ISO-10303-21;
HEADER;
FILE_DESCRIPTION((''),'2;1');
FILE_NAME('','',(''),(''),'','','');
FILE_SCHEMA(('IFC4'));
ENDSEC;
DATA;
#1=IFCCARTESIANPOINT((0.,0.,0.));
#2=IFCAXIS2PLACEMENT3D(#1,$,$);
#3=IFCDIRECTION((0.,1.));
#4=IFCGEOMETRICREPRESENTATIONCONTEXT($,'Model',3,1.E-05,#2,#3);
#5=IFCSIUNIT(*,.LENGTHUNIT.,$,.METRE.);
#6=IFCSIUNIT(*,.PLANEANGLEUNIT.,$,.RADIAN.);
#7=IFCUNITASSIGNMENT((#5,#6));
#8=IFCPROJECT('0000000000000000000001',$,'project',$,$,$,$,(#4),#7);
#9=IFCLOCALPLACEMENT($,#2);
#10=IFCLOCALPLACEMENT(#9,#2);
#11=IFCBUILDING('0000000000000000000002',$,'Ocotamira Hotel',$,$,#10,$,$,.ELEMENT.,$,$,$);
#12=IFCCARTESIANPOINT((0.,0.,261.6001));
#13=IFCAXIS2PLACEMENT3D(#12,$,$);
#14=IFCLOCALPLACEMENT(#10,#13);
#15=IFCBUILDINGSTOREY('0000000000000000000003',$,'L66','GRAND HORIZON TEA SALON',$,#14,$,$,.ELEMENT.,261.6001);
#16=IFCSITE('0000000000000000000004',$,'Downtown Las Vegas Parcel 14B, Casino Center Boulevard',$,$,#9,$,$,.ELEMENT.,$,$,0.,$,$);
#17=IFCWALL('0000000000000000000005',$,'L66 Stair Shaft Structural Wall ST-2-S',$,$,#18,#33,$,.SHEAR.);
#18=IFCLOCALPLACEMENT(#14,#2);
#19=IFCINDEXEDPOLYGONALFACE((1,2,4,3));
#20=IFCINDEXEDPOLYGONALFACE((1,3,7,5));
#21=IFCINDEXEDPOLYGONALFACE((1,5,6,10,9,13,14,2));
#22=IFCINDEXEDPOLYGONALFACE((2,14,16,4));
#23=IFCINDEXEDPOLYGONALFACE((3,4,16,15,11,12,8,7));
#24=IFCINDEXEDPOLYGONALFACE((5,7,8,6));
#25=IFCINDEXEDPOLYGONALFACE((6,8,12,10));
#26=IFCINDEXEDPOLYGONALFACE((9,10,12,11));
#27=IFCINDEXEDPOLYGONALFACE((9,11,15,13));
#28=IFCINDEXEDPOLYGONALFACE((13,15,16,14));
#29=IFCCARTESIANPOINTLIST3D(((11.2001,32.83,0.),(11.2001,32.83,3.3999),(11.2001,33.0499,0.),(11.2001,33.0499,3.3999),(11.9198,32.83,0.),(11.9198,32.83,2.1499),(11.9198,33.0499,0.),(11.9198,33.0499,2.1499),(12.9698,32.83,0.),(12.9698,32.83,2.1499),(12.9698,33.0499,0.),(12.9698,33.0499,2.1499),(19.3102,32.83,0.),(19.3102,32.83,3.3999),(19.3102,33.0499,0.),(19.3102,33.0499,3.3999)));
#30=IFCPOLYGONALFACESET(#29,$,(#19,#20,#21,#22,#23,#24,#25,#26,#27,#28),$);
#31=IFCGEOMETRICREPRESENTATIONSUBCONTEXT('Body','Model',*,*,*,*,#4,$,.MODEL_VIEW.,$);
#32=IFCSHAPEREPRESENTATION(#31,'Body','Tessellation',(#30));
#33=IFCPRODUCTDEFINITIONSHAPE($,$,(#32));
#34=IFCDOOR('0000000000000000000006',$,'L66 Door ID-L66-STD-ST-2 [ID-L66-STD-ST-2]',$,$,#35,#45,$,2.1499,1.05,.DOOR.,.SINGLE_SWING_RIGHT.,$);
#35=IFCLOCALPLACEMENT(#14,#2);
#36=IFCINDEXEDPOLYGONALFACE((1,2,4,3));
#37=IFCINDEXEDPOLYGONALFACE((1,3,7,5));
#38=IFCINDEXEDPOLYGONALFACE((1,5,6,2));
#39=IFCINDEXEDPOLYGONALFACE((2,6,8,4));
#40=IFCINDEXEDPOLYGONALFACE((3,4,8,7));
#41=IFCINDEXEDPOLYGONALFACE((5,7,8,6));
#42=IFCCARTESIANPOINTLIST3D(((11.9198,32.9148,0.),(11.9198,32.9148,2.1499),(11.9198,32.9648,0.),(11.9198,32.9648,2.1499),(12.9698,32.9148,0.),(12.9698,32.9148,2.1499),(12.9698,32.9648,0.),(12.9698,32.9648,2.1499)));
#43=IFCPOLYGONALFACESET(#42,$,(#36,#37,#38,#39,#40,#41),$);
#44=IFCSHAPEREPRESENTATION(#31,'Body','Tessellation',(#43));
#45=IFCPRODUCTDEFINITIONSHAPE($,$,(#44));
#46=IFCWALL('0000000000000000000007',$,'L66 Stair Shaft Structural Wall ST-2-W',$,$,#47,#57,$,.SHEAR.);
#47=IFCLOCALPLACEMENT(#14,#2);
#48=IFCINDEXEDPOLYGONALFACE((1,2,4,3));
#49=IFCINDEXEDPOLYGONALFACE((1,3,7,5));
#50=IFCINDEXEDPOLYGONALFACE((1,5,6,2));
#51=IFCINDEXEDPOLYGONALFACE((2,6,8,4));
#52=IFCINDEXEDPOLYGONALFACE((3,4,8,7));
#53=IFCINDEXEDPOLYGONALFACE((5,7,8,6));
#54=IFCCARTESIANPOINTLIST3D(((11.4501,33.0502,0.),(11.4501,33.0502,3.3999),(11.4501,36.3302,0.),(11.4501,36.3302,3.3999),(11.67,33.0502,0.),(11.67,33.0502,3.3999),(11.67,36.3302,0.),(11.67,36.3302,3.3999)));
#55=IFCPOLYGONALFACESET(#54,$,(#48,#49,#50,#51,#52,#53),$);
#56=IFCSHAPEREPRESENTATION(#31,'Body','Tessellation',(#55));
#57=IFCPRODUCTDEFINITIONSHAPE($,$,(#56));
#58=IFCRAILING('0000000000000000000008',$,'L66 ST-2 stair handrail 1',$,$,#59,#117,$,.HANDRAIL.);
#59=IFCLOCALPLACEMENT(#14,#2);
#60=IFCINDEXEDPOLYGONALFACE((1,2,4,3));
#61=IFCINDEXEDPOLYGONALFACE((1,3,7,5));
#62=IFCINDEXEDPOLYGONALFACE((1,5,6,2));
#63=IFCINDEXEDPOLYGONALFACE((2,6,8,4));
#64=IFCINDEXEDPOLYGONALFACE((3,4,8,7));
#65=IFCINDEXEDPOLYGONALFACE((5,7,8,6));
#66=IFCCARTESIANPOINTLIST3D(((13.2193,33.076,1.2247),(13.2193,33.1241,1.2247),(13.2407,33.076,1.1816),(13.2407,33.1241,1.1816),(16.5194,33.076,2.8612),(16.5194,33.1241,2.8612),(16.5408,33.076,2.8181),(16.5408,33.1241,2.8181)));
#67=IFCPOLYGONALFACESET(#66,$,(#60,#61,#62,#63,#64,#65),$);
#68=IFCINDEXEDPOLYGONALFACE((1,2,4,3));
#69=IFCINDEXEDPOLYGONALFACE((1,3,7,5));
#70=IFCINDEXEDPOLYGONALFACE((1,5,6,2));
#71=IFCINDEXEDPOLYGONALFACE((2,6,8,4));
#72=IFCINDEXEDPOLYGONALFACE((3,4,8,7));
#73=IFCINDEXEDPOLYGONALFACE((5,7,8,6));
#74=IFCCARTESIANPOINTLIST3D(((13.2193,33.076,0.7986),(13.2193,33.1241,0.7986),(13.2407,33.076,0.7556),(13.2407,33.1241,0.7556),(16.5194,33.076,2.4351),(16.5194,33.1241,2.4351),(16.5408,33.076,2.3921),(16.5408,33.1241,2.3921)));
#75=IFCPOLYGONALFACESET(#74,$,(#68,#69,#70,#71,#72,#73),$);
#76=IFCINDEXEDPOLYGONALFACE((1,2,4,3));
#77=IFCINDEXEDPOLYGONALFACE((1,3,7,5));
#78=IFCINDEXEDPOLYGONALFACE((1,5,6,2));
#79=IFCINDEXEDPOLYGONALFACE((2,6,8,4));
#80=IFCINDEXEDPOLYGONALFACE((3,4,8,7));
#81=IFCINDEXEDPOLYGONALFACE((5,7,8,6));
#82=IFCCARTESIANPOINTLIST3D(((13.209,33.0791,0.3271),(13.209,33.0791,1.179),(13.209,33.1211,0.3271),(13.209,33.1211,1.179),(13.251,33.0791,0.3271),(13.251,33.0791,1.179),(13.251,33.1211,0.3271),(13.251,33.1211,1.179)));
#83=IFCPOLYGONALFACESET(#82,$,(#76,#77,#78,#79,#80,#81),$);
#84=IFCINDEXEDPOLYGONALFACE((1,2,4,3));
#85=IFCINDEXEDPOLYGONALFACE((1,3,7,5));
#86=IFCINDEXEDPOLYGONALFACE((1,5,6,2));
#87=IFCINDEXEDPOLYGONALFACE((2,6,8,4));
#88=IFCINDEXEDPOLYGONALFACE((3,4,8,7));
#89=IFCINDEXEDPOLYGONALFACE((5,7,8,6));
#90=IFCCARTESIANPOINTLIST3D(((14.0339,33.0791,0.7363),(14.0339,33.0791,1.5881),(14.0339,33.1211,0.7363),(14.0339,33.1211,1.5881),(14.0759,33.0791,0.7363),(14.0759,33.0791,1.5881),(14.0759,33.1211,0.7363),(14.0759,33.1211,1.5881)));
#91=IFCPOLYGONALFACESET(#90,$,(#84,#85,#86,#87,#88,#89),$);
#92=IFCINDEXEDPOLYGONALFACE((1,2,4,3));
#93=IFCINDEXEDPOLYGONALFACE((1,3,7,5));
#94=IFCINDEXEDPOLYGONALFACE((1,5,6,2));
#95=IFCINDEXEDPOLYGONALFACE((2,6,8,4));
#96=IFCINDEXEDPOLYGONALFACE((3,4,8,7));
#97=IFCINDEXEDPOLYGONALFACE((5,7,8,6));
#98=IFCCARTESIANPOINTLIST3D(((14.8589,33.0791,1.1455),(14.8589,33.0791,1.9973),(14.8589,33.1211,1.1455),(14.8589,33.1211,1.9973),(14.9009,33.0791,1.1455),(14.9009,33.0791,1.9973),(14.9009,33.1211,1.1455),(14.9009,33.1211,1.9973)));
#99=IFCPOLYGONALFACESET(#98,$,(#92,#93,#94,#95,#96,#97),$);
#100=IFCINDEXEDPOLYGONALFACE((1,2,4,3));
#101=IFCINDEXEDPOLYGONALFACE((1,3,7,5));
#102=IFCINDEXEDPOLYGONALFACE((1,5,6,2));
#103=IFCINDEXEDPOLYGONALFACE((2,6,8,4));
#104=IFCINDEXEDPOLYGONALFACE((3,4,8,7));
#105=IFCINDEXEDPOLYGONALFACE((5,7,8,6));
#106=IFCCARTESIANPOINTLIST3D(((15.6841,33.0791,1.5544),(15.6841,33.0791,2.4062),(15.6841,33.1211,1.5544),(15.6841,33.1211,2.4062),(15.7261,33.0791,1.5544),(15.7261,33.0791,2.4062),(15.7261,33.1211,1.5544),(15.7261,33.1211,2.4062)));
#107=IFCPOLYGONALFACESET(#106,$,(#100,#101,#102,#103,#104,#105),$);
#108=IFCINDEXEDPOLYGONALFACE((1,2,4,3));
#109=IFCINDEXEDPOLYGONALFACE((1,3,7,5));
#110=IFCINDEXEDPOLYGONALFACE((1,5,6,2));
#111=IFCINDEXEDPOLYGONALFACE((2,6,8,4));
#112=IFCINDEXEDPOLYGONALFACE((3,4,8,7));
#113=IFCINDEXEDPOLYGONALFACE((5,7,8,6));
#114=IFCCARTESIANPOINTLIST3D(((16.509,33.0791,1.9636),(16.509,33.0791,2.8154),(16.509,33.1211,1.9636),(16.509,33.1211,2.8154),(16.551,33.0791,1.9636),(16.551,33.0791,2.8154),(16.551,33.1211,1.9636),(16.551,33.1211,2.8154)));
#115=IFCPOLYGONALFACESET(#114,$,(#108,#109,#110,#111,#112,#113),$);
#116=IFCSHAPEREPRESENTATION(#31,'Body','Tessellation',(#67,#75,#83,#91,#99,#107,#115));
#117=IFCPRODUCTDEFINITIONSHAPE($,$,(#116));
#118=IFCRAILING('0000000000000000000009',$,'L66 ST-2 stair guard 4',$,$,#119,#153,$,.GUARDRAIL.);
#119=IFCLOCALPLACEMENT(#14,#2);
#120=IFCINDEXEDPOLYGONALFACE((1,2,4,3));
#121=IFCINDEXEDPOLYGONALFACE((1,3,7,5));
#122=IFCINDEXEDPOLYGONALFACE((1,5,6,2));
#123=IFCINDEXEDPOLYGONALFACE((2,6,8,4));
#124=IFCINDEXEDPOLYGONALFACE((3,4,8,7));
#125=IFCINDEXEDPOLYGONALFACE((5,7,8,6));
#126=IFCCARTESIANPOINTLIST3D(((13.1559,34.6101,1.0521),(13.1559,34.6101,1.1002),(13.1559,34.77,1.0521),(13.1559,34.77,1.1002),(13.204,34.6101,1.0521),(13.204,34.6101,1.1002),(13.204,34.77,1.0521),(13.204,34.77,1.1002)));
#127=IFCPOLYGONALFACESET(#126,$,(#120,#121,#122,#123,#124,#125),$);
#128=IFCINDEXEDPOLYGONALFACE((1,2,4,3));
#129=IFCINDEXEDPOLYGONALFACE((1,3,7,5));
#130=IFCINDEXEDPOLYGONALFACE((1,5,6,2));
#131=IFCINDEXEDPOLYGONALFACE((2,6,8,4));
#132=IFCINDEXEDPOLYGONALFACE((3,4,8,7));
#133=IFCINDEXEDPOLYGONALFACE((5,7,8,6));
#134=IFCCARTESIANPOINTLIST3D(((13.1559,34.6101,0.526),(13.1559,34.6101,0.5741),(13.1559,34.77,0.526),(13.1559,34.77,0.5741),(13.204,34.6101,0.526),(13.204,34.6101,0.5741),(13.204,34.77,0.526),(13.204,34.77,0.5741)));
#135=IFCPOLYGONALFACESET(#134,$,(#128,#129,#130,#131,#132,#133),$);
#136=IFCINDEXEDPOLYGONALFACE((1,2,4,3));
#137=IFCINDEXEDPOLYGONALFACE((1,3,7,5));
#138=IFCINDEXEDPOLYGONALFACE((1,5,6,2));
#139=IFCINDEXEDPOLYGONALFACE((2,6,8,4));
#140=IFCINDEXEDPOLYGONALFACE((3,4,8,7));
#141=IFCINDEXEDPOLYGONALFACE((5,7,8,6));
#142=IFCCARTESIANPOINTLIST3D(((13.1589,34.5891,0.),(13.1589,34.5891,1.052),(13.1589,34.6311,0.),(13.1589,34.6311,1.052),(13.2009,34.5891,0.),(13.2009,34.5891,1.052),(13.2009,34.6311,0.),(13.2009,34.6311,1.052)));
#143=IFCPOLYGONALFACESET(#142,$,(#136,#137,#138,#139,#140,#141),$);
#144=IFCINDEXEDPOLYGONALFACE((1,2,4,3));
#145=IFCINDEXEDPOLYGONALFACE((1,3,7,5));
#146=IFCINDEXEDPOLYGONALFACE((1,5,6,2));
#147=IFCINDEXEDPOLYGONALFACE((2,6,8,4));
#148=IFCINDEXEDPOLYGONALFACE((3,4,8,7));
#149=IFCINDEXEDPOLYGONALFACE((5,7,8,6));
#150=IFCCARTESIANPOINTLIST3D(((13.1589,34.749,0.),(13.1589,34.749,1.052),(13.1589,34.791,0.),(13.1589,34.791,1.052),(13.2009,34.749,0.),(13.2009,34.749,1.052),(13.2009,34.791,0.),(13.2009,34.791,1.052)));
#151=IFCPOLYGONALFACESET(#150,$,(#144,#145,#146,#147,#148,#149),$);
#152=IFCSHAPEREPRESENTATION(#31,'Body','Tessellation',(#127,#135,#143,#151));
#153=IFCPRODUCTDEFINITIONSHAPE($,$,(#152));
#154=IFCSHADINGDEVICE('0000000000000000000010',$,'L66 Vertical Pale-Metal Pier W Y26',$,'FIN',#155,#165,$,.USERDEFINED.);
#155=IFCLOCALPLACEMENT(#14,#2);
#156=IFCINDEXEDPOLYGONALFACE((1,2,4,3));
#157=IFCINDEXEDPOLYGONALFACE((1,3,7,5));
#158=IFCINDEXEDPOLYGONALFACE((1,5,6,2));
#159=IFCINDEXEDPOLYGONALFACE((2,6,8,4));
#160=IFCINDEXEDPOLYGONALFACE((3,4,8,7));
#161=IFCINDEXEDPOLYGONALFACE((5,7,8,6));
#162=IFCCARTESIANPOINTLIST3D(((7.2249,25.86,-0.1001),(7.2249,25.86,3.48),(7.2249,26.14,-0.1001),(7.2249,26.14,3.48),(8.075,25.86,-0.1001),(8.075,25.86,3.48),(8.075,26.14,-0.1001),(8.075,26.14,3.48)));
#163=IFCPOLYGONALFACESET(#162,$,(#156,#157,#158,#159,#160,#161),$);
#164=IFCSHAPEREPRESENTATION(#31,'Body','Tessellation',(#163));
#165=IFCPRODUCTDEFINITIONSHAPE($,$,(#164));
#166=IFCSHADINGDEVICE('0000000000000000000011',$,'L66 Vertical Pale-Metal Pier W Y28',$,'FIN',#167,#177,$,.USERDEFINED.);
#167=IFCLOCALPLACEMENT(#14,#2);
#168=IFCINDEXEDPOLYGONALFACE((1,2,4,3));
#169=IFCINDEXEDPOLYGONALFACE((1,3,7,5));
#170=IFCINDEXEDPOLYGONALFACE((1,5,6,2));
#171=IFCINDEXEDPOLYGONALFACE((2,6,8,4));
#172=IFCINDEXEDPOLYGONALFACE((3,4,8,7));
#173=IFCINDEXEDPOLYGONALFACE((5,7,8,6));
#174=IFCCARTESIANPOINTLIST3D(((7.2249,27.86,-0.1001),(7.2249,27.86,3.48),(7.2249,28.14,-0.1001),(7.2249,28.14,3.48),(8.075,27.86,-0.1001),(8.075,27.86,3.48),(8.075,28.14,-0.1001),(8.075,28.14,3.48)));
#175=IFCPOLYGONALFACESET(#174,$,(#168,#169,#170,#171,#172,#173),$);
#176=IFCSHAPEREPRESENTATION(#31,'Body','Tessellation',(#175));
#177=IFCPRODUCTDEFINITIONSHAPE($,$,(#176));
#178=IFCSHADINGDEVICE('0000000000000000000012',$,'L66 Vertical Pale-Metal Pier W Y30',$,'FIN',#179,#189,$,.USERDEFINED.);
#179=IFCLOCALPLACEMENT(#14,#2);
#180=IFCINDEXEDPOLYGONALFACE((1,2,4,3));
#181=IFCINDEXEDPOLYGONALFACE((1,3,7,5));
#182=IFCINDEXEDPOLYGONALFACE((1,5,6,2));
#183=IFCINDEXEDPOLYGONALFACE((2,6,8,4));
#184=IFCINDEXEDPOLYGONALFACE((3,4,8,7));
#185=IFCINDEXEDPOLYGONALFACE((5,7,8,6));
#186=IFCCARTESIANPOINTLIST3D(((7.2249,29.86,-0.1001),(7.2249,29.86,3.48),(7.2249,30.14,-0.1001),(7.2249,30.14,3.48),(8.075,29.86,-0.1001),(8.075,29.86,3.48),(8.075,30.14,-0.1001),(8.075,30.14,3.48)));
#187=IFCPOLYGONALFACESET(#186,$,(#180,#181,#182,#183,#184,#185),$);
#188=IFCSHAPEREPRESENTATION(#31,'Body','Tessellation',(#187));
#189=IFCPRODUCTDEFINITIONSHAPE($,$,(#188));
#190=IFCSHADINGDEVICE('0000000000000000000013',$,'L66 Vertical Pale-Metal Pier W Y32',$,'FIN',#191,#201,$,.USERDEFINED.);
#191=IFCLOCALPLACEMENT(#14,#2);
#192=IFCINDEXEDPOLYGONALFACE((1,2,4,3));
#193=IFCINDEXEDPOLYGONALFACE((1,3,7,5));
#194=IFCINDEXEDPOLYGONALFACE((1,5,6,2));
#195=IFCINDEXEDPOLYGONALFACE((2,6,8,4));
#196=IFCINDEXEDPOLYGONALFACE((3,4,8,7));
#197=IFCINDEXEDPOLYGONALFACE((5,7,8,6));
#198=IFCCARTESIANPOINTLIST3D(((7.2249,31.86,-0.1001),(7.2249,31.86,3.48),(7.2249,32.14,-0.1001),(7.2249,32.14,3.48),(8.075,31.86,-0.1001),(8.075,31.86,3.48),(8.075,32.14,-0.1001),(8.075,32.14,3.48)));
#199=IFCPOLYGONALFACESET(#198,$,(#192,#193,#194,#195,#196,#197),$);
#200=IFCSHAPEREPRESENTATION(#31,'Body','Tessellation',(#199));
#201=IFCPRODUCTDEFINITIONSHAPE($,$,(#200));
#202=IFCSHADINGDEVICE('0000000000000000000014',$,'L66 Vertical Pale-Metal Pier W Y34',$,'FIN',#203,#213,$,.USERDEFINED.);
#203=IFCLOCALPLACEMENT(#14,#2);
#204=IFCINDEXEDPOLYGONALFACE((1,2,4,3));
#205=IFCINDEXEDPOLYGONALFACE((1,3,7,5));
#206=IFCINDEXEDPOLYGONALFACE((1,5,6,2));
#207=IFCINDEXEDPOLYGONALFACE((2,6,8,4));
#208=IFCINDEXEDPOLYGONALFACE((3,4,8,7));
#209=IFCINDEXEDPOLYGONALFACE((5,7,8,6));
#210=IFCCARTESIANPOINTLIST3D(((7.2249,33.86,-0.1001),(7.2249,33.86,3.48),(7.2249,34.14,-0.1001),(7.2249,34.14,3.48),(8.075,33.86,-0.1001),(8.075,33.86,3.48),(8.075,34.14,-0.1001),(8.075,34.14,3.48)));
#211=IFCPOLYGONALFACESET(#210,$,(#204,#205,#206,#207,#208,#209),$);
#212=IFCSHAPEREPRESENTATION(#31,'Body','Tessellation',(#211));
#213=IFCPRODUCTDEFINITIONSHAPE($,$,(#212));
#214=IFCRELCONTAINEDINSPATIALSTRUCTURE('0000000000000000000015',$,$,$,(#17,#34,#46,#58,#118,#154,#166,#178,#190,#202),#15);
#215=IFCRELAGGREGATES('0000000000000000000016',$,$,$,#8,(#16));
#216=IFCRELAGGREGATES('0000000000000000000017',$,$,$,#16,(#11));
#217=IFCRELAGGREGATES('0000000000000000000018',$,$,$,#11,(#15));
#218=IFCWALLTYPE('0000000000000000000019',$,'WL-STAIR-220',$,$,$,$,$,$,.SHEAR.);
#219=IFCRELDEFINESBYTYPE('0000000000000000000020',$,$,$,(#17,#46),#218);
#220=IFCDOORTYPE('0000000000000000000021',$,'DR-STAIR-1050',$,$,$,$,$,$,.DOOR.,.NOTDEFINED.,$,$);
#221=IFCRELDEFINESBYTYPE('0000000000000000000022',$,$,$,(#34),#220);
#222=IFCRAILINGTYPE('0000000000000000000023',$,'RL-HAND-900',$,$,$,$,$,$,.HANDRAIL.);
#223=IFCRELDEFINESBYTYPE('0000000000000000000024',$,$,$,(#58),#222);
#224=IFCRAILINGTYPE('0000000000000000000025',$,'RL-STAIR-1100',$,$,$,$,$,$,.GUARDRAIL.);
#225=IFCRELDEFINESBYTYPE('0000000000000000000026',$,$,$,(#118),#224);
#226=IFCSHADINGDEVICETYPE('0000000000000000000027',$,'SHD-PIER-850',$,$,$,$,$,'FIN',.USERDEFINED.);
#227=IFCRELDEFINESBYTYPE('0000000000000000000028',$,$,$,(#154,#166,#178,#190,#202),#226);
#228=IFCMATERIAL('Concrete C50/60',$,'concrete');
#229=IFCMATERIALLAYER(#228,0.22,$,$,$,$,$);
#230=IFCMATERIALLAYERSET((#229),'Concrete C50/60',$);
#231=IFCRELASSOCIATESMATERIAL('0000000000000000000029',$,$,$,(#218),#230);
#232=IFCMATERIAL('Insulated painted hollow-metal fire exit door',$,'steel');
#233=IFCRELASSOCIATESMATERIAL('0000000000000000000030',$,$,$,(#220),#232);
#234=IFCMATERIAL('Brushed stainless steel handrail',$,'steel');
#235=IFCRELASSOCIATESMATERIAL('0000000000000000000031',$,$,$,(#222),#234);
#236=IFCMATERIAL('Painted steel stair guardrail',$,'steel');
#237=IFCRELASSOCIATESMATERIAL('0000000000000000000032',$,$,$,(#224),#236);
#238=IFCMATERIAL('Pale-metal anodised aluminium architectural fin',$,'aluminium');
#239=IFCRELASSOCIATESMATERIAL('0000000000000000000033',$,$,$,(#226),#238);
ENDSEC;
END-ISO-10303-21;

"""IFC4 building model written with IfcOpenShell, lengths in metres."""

from ifc_helpers import new_model, si_unit, direction, frame, frame_2d, origin, origin_2d, place, context, subcontext, project, spatial, rectangle, extrude, source, transform, mapped, material, layer, layer_set, type_object, element, fill, save


model = new_model("IFC4")

# Units and contexts
model_context = context("Model", 3, precision=1e-05, world=origin(), true_north=direction((0.0, 1.0)))
body_context = subcontext(model_context, "Body", "Model", "MODEL_VIEW")
ifc_project = project(units=[si_unit("LENGTHUNIT", "METRE"), si_unit("PLANEANGLEUNIT", "RADIAN")], contexts=[model_context])

# Site, building, storey
site_placement = place(None, origin())
site = spatial("IfcSite", under=ifc_project, at=site_placement, Name="Downtown Las Vegas Parcel 14B, Casino Center Boulevard", CompositionType="ELEMENT", RefElevation=0.0)
building_placement = place(site_placement, origin())
building = spatial("IfcBuilding", under=site, at=building_placement, Name="Ocotamira Hotel", CompositionType="ELEMENT")
storey_placement = place(building_placement, frame((0.0, 0.0, 261.6001)))
storey = spatial("IfcBuildingStorey", under=building, at=storey_placement, Name="L66", Description="GRAND HORIZON TEA SALON", CompositionType="ELEMENT", Elevation=261.6001)

# Wall, opening, door
ifc_material_1 = material(Name="Concrete C50/60", Category="concrete")
ifc_layer_1 = layer(ifc_material_1, 0.22)
ifc_layer_set_1 = layer_set([ifc_layer_1], Name="Concrete C50/60")
wall_type_1 = type_object("IfcWallType", Name="WL-STAIR-220", PredefinedType="SHEAR", material=ifc_layer_set_1)
wall_1_placement = place(storey_placement, frame((11.2, 32.9399, 0.0), z_axis=(0.0, 0.0, 1.0), x_axis=(1.0, 0.0, 0.0)))
wall_1 = element("IfcWall", 1, at=wall_1_placement, inside=storey, type_object=wall_type_1, Name="L66 Stair Shaft Structural Wall ST-2-S", PredefinedType="SHEAR", context=body_context, shape_type="SweptSolid", body=[
    extrude(rectangle(XDim=8.1101, YDim=0.22, at=frame_2d((4.0552, 0.0))), origin(), (0.0, 0.0, 1.0), 3.3999),
])
opening_placement = place(wall_1_placement, frame((0.72, 0.0, 0.0)))
opening = element("IfcOpeningElement", 2, at=opening_placement, cuts=wall_1, PredefinedType="OPENING", context=body_context, shape_type="SweptSolid", body=[
    extrude(rectangle(XDim=1.05, YDim=2.1499, at=frame_2d((0.5249, 1.075))), frame((0.0, 0.1201, 0.0), z_axis=(0.0, -1.0, 0.0), x_axis=(1.0, 0.0, 0.0)), (0.0, 0.0, 1.0), 0.24),
])
ifc_material_2 = material(Name="Insulated painted hollow-metal fire exit door", Category="steel")
door_type = type_object("IfcDoorType", Name="DR-STAIR-1050", OperationType="NOTDEFINED", PredefinedType="DOOR", material=ifc_material_2)
shared_shape_1 = source(origin(), body_context, "Body", "SweptSolid", [
    extrude(rectangle(XDim=1.05, YDim=2.1499, at=frame_2d((0.5249, 1.075))), frame((0.0, 0.0249, 0.0), z_axis=(0.0, -1.0, 0.0), x_axis=(1.0, 0.0, 0.0)), (0.0, 0.0, 1.0), 0.05),
])
door_placement = place(opening_placement, origin())
door = element("IfcDoor", 3, at=door_placement, inside=storey, type_object=door_type, Name="L66 Door ID-L66-STD-ST-2 [ID-L66-STD-ST-2]", OperationType="SINGLE_SWING_RIGHT", OverallHeight=2.1499, OverallWidth=1.05, PredefinedType="DOOR", context=body_context, shape_type="MappedRepresentation", body=[
    mapped(shared_shape_1, transform((0.0, 0.0, 0.0), scale=1.0)),
])
fill(opening, door)

# Wall
wall_2_placement = place(storey_placement, frame((11.5601, 33.05, 0.0), z_axis=(0.0, 0.0, 1.0), x_axis=(0.0, 1.0, 0.0)))
element("IfcWall", 4, at=wall_2_placement, inside=storey, type_object=wall_type_1, Name="L66 Stair Shaft Structural Wall ST-2-W", PredefinedType="SHEAR", context=body_context, shape_type="SweptSolid", body=[
    extrude(rectangle(XDim=3.28, YDim=0.22, at=frame_2d((1.6401, 0.0))), origin(), (0.0, 0.0, 1.0), 3.3999),
])

# Railings
ifc_material_3 = material(Name="Brushed stainless steel handrail", Category="steel")
railing_type_1 = type_object("IfcRailingType", Name="RL-HAND-900", PredefinedType="HANDRAIL", material=ifc_material_3)
railing_1_placement = place(storey_placement, frame((13.23, 33.1001, 0.3271)))
element("IfcRailing", 5, at=railing_1_placement, inside=storey, type_object=railing_type_1, Name="L66 ST-2 stair handrail 1", PredefinedType="HANDRAIL", context=body_context, shape_type="SweptSolid", body=[
    extrude(rectangle(XDim=0.0481, YDim=0.0481, at=origin_2d()), frame((0.0, 0.0, 0.876), z_axis=(0.895894, 0.0, 0.444268), x_axis=(0.0, 1.0, 0.0)), (0.0, 0.0, 1.0), 3.6836),
    extrude(rectangle(XDim=0.0481, YDim=0.0481, at=origin_2d()), frame((0.0, 0.0, 0.45), z_axis=(0.895894, 0.0, 0.444268), x_axis=(0.0, 1.0, 0.0)), (0.0, 0.0, 1.0), 3.6836),
    extrude(rectangle(XDim=0.042, YDim=0.042, at=origin_2d()), origin(), (0.0, 0.0, 1.0), 0.8518),
    extrude(rectangle(XDim=0.042, YDim=0.042, at=origin_2d()), frame((0.825, 0.0, 0.4092)), (0.0, 0.0, 1.0), 0.8518),
    extrude(rectangle(XDim=0.042, YDim=0.042, at=origin_2d()), frame((1.6499, 0.0, 0.8184)), (0.0, 0.0, 1.0), 0.8518),
    extrude(rectangle(XDim=0.042, YDim=0.042, at=origin_2d()), frame((2.4751, 0.0, 1.2273)), (0.0, 0.0, 1.0), 0.8518),
    extrude(rectangle(XDim=0.042, YDim=0.042, at=origin_2d()), frame((3.3, 0.0, 1.6365)), (0.0, 0.0, 1.0), 0.8518),
])
ifc_material_4 = material(Name="Painted steel stair guardrail", Category="steel")
railing_type_2 = type_object("IfcRailingType", Name="RL-STAIR-1100", PredefinedType="GUARDRAIL", material=ifc_material_4)
railing_2_placement = place(storey_placement, frame((13.1799, 34.6101, 0.0)))
element("IfcRailing", 6, at=railing_2_placement, inside=storey, type_object=railing_type_2, Name="L66 ST-2 stair guard 4", PredefinedType="GUARDRAIL", context=body_context, shape_type="SweptSolid", body=[
    extrude(rectangle(XDim=0.0481, YDim=0.0481, at=origin_2d()), frame((0.0, 0.0, 1.0762), z_axis=(0.0, 1.0, 0.0), x_axis=(-1.0, 0.0, 0.0)), (0.0, 0.0, 1.0), 0.1599),
    extrude(rectangle(XDim=0.0481, YDim=0.0481, at=origin_2d()), frame((0.0, 0.0, 0.55), z_axis=(0.0, 1.0, 0.0), x_axis=(-1.0, 0.0, 0.0)), (0.0, 0.0, 1.0), 0.1599),
    extrude(rectangle(XDim=0.042, YDim=0.042, at=origin_2d()), origin(), (0.0, 0.0, 1.0), 1.052),
    extrude(rectangle(XDim=0.042, YDim=0.042, at=origin_2d()), frame((0.0, 0.1599, 0.0)), (0.0, 0.0, 1.0), 1.052),
])

# Shading devices
ifc_material_5 = material(Name="Pale-metal anodised aluminium architectural fin", Category="aluminium")
shading_device_type = type_object("IfcShadingDeviceType", Name="SHD-PIER-850", ElementType="FIN", PredefinedType="USERDEFINED", material=ifc_material_5)
shared_shape_2 = source(origin(), body_context, "Body", "SweptSolid", [
    extrude(rectangle(XDim=0.8501, YDim=0.28, at=origin_2d()), origin(), (0.0, 0.0, 1.0), 3.5801),
])
for number, where, z_axis, x_axis, name in (
    (7, (7.6499, 26.0, -0.1001), (0.0, 0.0, 1.0), (1.0, 0.0, 0.0), "L66 Vertical Pale-Metal Pier W Y26"),
    (8, (7.6499, 28.0, -0.1001), (0.0, 0.0, 1.0), (1.0, 0.0, 0.0), "L66 Vertical Pale-Metal Pier W Y28"),
    (9, (7.6499, 30.0, -0.1001), (0.0, 0.0, 1.0), (1.0, 0.0, 0.0), "L66 Vertical Pale-Metal Pier W Y30"),
    (10, (7.6499, 32.0, -0.1001), (0.0, 0.0, 1.0), (1.0, 0.0, 0.0), "L66 Vertical Pale-Metal Pier W Y32"),
    (11, (7.6499, 34.0, -0.1001), (0.0, 0.0, 1.0), (1.0, 0.0, 0.0), "L66 Vertical Pale-Metal Pier W Y34"),
):
    element("IfcShadingDevice", number, at=place(storey_placement, frame(where, z_axis=z_axis, x_axis=x_axis)), inside=storey, type_object=shading_device_type, Name=name, ObjectType="FIN", PredefinedType="USERDEFINED", context=body_context, shape_type="MappedRepresentation", body=[
        mapped(shared_shape_2, transform((0.0, 0.0, 0.0), scale=1.0)),
    ])

save(model, "model.ifc")
